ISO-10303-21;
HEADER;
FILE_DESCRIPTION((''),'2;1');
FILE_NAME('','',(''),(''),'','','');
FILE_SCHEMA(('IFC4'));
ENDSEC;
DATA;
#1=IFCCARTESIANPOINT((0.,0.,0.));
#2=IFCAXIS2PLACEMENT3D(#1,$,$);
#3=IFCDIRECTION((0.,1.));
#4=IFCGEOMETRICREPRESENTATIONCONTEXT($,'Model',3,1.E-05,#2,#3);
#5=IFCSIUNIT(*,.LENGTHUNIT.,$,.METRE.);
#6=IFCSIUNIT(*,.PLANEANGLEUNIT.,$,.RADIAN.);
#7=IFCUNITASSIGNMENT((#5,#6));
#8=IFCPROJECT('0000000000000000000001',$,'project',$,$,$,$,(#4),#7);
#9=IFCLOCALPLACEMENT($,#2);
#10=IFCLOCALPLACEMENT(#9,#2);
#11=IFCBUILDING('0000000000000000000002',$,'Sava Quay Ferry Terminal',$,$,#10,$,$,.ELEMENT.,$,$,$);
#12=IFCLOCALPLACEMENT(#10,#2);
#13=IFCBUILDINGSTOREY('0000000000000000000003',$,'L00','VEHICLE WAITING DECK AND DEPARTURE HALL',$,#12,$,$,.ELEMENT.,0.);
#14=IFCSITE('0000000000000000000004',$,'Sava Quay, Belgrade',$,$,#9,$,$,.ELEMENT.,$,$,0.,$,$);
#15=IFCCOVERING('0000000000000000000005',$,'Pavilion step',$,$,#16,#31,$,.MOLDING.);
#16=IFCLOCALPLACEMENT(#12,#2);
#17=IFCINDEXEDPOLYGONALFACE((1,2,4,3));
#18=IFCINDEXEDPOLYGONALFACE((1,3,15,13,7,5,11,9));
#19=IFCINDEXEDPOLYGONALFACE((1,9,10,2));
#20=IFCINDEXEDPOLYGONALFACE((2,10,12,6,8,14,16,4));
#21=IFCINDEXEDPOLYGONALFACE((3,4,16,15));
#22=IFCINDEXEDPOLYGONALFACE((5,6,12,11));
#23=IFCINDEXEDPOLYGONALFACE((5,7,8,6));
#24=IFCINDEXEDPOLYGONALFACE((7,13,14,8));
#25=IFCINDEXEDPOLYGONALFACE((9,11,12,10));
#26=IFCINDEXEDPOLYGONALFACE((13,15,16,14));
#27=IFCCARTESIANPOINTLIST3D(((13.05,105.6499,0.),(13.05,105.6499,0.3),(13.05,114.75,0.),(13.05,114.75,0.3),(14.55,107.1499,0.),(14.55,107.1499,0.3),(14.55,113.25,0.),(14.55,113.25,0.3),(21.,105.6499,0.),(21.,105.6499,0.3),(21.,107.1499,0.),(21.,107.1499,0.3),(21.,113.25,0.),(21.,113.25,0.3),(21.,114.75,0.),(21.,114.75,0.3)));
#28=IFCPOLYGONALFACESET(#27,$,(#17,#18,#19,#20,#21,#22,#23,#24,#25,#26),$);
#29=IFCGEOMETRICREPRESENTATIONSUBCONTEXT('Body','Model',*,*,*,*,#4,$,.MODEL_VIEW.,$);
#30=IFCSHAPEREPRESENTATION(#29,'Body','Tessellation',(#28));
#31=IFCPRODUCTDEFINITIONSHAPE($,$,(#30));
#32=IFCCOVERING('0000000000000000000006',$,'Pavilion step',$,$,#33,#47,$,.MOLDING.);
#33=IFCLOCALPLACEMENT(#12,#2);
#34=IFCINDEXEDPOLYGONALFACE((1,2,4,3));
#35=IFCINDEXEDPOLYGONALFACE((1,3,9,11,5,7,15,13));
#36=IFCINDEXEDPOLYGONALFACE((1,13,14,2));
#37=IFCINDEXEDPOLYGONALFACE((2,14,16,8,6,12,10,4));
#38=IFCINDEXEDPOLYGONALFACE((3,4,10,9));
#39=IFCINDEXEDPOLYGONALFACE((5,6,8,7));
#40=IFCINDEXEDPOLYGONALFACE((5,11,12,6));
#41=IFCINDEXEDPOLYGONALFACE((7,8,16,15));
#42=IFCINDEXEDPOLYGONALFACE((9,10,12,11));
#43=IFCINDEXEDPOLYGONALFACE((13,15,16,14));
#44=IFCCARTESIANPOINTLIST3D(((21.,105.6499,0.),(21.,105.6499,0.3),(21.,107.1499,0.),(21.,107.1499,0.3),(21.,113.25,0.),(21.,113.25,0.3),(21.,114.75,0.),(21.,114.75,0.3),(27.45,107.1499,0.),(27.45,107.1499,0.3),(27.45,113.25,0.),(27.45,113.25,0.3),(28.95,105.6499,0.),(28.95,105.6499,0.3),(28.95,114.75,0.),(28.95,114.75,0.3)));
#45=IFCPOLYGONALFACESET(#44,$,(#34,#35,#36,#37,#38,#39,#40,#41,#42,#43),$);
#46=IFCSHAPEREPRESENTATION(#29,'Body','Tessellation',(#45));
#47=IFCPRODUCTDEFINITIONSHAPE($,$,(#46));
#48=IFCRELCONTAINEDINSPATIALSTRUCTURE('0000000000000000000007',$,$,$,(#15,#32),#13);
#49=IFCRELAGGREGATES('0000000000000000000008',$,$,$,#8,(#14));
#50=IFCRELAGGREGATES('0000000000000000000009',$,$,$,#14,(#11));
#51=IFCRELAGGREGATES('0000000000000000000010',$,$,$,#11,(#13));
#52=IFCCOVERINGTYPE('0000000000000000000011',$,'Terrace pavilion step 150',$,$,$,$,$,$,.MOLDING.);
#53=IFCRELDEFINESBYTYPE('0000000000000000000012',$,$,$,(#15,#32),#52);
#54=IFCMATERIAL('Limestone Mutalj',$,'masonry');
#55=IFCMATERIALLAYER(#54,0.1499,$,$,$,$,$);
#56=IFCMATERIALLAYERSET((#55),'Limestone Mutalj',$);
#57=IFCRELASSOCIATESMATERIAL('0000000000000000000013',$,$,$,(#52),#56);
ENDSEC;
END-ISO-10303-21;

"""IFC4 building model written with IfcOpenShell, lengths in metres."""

from ifc_helpers import new_model, si_unit, direction, origin, place, context, subcontext, project, spatial, polyline, outline, extrude, material, layer, layer_set, type_object, element, save


model = new_model("IFC4")

# Units and contexts
model_context = context("Model", 3, precision=1e-05, world=origin(), true_north=direction((0.0, 1.0)))
body_context = subcontext(model_context, "Body", "Model", "MODEL_VIEW")
ifc_project = project(units=[si_unit("LENGTHUNIT", "METRE"), si_unit("PLANEANGLEUNIT", "RADIAN")], contexts=[model_context])

# Site, building, storey
site_placement = place(None, origin())
site = spatial("IfcSite", under=ifc_project, at=site_placement, Name="Sava Quay, Belgrade", CompositionType="ELEMENT", RefElevation=0.0)
building_placement = place(site_placement, origin())
building = spatial("IfcBuilding", under=site, at=building_placement, Name="Sava Quay Ferry Terminal", CompositionType="ELEMENT")
storey_placement = place(building_placement, origin())
storey = spatial("IfcBuildingStorey", under=building, at=storey_placement, Name="L00", Description="VEHICLE WAITING DECK AND DEPARTURE HALL", CompositionType="ELEMENT", Elevation=0.0)

# Coverings
ifc_material_1 = material(Name="Limestone Mutalj", Category="masonry")
ifc_layer_1 = layer(ifc_material_1, 0.1499)
ifc_layer_set_1 = layer_set([ifc_layer_1], Name="Limestone Mutalj")
covering_type_1 = type_object("IfcCoveringType", Name="Terrace pavilion step 150", PredefinedType="MOLDING", material=ifc_layer_set_1)
covering_1_placement = place(storey_placement, origin())
element("IfcCovering", 1, at=covering_1_placement, inside=storey, type_object=covering_type_1, Name="Pavilion step", PredefinedType="MOLDING", context=body_context, shape_type="SweptSolid", body=[
    extrude(outline(polyline([(21.0, 114.75), (13.05, 114.75), (13.05, 105.6499), (21.0, 105.6499), (21.0, 107.1499), (14.55, 107.1499), (14.55, 113.25), (21.0, 113.25), (21.0, 114.75)])), origin(), (0.0, 0.0, 1.0), 0.3),
])
covering_2_placement = place(storey_placement, origin())
element("IfcCovering", 2, at=covering_2_placement, inside=storey, type_object=covering_type_1, Name="Pavilion step", PredefinedType="MOLDING", context=body_context, shape_type="SweptSolid", body=[
    extrude(outline(polyline([(28.95, 114.75), (21.0, 114.75), (21.0, 113.25), (27.45, 113.25), (27.45, 107.1499), (21.0, 107.1499), (21.0, 105.6499), (28.95, 105.6499), (28.95, 114.75)])), origin(), (0.0, 0.0, 1.0), 0.3),
])

save(model, "model.ifc")
